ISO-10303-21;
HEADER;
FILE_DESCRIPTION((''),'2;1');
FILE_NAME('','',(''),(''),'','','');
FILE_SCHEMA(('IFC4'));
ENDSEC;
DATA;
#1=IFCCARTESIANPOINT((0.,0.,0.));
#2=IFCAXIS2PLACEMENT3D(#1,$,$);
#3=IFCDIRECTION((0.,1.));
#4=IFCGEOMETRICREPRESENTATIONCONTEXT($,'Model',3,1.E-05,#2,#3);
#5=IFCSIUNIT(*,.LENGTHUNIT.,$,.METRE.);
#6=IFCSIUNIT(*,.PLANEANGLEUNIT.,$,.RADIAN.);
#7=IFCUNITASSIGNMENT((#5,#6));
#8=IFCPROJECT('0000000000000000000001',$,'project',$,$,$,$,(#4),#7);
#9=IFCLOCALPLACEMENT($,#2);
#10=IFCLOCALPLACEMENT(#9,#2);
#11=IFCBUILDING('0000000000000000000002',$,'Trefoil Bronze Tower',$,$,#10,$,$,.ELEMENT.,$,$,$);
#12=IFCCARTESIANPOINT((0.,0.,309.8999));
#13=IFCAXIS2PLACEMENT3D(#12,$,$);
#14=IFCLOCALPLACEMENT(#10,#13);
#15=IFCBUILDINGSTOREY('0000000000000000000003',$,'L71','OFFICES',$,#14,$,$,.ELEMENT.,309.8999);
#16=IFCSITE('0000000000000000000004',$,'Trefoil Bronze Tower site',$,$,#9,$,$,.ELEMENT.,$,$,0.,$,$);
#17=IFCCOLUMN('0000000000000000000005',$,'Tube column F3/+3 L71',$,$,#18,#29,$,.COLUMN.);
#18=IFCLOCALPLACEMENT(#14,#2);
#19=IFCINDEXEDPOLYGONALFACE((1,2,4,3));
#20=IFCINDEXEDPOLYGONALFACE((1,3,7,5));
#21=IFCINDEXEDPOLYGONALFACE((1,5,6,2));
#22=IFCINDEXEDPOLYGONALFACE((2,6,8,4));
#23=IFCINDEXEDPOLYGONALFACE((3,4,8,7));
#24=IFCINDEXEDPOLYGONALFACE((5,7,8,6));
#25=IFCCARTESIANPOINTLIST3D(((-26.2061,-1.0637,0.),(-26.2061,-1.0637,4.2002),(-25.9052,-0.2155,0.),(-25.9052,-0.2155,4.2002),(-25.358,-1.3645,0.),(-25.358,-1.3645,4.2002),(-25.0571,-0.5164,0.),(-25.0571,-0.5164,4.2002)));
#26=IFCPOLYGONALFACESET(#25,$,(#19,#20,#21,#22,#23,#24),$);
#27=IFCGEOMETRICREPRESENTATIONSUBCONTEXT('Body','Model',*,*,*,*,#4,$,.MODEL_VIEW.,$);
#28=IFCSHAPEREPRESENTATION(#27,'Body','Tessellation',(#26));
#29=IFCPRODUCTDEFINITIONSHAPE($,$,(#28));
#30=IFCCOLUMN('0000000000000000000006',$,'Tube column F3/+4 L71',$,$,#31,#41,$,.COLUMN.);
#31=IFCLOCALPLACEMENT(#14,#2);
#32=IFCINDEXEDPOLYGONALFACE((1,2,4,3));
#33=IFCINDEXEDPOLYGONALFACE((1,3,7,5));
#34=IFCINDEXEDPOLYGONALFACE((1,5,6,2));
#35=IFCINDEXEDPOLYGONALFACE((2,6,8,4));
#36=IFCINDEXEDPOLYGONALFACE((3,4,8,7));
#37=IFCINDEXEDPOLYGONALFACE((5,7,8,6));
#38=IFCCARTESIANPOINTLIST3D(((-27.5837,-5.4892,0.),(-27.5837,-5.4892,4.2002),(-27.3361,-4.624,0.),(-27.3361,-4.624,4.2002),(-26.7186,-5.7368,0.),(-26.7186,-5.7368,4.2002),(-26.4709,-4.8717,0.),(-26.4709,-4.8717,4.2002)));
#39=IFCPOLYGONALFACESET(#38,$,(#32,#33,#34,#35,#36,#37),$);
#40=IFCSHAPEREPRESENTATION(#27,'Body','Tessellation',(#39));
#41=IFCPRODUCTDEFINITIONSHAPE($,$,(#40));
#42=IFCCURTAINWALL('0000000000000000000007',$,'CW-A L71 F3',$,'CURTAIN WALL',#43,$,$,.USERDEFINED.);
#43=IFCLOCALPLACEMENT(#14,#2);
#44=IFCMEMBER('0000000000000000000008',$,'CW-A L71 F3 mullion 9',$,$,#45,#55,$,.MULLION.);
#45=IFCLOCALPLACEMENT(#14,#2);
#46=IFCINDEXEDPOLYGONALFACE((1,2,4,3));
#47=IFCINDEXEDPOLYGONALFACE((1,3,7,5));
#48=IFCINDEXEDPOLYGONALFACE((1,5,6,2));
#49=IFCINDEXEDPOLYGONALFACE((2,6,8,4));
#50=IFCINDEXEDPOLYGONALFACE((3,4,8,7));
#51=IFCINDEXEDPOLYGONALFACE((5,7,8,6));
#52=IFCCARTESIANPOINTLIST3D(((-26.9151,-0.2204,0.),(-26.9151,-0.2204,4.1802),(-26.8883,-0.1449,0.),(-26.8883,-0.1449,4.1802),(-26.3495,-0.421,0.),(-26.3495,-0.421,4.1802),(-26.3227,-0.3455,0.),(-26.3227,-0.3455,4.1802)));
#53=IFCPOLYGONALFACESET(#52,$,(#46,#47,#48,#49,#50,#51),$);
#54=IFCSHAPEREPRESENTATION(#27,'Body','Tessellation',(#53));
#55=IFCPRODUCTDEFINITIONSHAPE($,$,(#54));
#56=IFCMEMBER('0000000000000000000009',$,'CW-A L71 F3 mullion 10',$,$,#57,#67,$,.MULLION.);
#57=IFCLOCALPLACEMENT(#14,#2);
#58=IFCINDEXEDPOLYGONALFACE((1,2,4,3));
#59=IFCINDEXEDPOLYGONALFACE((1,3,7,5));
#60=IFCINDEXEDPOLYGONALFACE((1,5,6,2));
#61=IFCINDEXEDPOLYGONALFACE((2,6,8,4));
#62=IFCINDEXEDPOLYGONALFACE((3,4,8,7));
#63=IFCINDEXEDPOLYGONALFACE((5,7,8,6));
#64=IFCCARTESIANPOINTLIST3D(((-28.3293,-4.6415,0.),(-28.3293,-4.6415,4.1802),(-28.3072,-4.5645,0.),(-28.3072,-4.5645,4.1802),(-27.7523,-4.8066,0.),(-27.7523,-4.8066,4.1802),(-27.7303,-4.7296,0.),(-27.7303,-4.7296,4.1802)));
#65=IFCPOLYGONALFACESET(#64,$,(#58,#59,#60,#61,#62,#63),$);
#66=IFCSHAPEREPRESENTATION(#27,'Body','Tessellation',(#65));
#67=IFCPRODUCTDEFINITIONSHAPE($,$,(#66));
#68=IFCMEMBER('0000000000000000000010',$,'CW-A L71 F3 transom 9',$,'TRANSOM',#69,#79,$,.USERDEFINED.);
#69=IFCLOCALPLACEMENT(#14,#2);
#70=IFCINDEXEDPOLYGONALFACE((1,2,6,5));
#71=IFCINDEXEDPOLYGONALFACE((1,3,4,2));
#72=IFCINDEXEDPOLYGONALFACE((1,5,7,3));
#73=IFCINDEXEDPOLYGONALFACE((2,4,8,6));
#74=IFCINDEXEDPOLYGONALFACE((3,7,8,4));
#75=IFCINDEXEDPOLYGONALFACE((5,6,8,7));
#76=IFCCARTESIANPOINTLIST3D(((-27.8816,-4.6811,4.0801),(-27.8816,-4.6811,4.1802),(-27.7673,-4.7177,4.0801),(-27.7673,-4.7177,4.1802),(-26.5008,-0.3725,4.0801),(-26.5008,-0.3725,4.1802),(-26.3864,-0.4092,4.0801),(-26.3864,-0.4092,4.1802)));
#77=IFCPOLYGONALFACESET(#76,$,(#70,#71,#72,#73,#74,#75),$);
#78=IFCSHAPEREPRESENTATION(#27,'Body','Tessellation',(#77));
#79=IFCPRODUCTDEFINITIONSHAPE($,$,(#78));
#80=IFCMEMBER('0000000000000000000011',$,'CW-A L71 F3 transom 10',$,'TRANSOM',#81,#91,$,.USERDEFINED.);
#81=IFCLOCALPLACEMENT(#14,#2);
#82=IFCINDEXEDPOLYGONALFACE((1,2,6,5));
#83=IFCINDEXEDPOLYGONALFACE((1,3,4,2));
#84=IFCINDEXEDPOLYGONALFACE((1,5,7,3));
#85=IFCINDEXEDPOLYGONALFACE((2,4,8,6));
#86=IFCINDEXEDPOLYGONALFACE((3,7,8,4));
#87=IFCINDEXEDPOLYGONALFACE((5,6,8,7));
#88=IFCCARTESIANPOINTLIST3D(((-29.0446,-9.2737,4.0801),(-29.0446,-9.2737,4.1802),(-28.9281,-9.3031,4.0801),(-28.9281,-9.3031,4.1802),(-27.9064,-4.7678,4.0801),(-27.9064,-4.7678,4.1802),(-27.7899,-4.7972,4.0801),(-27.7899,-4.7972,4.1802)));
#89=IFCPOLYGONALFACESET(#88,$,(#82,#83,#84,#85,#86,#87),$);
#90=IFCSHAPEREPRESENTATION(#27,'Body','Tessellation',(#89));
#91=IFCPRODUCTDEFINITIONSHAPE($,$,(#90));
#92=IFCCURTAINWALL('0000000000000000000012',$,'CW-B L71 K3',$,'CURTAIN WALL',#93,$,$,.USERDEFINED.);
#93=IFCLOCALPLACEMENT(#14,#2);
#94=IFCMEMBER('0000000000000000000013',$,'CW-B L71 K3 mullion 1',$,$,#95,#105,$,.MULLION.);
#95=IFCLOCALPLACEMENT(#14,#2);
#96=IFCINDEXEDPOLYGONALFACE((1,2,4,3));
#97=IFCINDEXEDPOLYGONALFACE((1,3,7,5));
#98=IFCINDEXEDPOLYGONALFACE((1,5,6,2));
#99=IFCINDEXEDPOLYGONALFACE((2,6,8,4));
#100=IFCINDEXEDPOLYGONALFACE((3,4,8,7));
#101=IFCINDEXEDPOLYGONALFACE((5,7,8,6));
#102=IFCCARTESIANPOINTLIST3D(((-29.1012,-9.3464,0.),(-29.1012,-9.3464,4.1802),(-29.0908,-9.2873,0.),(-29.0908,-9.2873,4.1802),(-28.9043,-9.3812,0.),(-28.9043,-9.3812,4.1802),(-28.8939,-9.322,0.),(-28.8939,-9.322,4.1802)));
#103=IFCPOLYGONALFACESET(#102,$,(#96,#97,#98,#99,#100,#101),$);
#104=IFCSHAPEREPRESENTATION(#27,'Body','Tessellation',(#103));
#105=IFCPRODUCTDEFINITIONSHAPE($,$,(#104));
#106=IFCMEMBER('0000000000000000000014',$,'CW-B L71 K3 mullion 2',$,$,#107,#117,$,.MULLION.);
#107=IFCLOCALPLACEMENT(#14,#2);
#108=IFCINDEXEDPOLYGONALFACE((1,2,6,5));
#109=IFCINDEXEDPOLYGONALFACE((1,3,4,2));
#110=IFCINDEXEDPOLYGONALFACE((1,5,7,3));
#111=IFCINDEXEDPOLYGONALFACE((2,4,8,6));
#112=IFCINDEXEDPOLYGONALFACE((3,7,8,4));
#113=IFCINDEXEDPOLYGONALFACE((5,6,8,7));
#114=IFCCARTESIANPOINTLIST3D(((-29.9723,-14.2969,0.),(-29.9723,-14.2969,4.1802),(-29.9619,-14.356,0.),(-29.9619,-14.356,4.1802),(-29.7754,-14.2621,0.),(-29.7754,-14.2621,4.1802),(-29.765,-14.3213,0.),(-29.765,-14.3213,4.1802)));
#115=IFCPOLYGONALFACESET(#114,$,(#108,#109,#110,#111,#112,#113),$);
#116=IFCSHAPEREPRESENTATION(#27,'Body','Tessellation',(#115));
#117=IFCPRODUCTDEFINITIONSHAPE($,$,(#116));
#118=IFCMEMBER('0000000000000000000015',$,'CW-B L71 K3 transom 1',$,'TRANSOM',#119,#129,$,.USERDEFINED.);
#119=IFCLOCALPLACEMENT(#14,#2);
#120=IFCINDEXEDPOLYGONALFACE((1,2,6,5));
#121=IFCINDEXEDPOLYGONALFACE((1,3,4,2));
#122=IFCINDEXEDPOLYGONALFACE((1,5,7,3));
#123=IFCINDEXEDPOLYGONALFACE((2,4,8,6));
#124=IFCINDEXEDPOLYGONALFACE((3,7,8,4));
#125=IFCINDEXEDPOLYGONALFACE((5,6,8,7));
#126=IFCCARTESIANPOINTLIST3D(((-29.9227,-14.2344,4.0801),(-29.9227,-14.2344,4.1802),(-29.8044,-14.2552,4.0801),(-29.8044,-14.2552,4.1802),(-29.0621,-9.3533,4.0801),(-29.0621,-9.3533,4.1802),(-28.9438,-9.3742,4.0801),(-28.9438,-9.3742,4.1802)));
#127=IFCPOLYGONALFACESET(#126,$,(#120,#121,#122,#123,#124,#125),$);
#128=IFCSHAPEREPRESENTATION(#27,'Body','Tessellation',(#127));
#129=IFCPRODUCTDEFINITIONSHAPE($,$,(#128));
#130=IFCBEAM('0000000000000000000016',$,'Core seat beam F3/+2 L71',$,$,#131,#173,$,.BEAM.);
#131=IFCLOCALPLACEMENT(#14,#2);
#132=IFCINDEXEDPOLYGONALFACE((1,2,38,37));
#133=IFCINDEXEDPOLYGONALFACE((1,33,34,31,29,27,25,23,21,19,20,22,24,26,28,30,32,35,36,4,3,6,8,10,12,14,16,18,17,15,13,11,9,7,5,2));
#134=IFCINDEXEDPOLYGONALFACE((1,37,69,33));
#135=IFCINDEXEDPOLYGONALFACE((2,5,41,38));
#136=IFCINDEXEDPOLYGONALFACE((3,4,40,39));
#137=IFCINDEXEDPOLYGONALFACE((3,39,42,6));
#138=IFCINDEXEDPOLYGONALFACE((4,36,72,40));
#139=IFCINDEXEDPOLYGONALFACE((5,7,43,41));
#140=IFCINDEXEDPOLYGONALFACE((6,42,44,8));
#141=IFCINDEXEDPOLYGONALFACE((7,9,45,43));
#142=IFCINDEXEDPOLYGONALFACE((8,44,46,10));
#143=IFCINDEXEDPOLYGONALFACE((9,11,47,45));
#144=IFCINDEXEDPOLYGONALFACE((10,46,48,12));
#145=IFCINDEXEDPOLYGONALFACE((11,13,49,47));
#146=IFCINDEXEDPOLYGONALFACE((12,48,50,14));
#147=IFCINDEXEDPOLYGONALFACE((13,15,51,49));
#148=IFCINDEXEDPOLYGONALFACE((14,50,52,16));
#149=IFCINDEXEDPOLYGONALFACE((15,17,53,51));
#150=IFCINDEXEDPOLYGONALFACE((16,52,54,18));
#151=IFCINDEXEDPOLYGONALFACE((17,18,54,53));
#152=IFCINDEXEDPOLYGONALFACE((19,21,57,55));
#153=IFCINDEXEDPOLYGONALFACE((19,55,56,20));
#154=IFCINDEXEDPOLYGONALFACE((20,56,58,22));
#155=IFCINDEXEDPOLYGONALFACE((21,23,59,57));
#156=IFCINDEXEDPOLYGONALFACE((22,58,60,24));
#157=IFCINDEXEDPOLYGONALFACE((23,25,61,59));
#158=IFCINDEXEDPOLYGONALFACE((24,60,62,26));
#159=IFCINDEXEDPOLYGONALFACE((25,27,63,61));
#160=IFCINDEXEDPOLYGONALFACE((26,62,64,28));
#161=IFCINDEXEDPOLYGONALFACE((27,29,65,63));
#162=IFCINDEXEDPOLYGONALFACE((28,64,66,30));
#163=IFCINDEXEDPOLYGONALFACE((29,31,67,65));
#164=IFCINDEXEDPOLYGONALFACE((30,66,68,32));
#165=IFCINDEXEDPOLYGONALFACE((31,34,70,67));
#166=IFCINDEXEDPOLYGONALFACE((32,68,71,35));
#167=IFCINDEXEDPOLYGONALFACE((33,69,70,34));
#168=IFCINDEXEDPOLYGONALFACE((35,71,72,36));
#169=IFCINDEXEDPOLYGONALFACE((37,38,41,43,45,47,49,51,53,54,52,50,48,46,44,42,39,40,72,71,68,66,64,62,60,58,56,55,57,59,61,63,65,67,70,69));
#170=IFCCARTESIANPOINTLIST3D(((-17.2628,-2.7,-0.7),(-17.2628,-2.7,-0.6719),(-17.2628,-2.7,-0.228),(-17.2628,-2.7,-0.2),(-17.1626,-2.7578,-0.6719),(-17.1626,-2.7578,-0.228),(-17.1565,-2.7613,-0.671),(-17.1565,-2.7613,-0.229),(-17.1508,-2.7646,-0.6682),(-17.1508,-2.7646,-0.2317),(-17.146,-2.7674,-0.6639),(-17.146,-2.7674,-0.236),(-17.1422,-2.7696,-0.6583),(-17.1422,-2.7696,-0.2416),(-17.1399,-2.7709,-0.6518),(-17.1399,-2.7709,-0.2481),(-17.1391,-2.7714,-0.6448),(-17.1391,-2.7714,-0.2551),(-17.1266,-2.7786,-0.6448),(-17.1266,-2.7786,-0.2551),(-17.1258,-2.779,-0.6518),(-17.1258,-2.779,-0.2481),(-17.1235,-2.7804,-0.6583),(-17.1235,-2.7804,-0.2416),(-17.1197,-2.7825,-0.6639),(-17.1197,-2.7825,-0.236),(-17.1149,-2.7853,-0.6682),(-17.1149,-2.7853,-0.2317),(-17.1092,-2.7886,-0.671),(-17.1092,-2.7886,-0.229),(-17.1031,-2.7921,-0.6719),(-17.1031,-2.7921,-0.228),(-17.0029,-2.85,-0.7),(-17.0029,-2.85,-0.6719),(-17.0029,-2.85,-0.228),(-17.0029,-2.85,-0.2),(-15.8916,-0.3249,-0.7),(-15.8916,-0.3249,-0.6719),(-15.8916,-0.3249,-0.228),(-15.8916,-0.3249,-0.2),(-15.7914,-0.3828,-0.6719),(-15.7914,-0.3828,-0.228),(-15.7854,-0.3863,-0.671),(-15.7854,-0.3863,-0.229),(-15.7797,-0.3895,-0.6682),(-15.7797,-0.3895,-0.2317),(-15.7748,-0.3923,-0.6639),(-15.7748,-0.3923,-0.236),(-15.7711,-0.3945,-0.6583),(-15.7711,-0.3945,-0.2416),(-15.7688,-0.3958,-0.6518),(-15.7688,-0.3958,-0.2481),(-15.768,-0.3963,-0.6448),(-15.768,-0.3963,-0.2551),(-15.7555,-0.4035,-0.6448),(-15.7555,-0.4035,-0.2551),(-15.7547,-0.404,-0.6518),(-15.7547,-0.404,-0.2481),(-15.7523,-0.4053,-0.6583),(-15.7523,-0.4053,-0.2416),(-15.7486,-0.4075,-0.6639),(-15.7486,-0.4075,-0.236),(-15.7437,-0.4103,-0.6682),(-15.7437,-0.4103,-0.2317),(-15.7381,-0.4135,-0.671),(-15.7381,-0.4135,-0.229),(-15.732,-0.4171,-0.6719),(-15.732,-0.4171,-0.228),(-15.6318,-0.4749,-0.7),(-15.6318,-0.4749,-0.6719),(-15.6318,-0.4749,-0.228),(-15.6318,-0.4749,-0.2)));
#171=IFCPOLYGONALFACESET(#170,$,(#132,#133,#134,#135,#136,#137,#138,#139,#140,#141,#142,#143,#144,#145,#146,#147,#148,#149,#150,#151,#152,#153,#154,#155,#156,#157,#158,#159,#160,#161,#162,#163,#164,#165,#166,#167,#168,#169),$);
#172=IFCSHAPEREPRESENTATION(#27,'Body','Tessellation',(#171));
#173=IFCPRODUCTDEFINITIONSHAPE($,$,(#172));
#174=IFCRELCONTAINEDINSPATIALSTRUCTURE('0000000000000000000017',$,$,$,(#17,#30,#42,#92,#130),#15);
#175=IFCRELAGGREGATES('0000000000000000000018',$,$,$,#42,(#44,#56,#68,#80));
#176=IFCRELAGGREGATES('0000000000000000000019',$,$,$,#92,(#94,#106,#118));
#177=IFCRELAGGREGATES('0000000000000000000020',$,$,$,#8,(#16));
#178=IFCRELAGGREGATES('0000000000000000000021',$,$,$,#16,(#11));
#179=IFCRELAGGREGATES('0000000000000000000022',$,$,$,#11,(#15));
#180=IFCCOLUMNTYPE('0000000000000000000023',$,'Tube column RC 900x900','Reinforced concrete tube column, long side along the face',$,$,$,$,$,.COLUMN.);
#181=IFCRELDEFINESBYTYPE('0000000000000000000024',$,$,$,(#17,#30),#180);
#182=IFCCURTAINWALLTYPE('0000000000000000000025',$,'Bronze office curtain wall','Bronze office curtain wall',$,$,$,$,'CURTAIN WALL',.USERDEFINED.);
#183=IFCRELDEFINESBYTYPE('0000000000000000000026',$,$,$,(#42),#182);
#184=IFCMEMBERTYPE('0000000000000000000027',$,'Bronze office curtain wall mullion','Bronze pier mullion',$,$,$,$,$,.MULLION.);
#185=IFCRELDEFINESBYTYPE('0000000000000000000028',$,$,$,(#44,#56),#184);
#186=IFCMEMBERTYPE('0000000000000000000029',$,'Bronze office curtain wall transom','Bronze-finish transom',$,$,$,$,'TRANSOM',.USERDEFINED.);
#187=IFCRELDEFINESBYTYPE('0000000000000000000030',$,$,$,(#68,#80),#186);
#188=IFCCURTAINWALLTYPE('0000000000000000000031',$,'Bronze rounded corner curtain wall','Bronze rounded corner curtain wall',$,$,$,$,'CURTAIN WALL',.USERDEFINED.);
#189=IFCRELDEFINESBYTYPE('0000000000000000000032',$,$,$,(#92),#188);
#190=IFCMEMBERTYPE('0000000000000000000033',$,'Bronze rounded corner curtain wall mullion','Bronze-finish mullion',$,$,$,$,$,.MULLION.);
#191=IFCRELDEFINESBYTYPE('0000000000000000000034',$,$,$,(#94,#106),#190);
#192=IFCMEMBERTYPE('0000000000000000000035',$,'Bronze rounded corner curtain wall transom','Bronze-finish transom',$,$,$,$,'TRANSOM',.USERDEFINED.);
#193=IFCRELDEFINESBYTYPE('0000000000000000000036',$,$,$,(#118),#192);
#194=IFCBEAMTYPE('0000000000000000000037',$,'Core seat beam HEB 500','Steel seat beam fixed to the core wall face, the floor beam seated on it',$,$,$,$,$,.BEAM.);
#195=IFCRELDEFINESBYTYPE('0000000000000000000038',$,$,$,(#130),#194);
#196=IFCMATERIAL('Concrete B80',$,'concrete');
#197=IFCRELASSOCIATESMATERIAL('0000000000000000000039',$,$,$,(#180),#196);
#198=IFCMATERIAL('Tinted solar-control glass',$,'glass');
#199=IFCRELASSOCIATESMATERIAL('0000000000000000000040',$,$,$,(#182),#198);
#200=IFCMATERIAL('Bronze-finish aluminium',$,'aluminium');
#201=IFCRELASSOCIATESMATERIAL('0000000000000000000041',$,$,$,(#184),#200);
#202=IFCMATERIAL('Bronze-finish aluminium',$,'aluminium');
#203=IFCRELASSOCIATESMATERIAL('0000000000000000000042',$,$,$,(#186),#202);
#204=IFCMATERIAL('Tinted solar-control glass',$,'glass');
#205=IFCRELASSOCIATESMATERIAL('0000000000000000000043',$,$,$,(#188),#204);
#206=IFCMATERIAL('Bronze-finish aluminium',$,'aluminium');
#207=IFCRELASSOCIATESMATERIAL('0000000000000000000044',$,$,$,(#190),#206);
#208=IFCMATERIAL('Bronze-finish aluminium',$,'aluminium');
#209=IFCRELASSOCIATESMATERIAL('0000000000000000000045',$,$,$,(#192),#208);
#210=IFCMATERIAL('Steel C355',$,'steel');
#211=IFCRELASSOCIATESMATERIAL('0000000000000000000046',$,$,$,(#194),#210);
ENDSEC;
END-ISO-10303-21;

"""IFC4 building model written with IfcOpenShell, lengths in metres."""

from ifc_helpers import new_model, si_unit, direction, frame, origin, origin_2d, place, context, subcontext, project, spatial, rectangle, i_section, extrude, material, material_profile, profile_set, type_object, element, aggregate, save


model = new_model("IFC4")

# Units and contexts
model_context = context("Model", 3, precision=1e-05, world=origin(), true_north=direction((0.0, 1.0)))
body_context = subcontext(model_context, "Body", "Model", "MODEL_VIEW")
ifc_project = project(units=[si_unit("LENGTHUNIT", "METRE"), si_unit("PLANEANGLEUNIT", "RADIAN")], contexts=[model_context])

# Site, building, storey
site_placement = place(None, origin())
site = spatial("IfcSite", under=ifc_project, at=site_placement, Name="Trefoil Bronze Tower site", CompositionType="ELEMENT", RefElevation=0.0)
building_placement = place(site_placement, origin())
building = spatial("IfcBuilding", under=site, at=building_placement, Name="Trefoil Bronze Tower", CompositionType="ELEMENT")
storey_placement = place(building_placement, frame((0.0, 0.0, 309.8999)))
storey = spatial("IfcBuildingStorey", under=building, at=storey_placement, Name="L71", Description="OFFICES", CompositionType="ELEMENT", Elevation=309.8999)

# Columns
ifc_material_1 = material(Name="Concrete B80", Category="concrete")
ifc_material_profile_1 = material_profile(ifc_material_1, rectangle(XDim=0.8999, YDim=0.8999, at=origin_2d()), Name="RC 900x900")
ifc_profile_set_1 = profile_set([ifc_material_profile_1], Name="Concrete B80")
column_type = type_object("IfcColumnType", Name="Tube column RC 900x900", Description="Reinforced concrete tube column, long side along the face", PredefinedType="COLUMN", material=ifc_profile_set_1)
for number, where, z_axis, x_axis, name in (
    (1, (-25.6316, -0.79, 0.0), (0.0, 0.0, 1.0), (-0.334352, -0.942448, 0.0), "Tube column F3/+3 L71"),
    (2, (-27.0273, -5.1804, 0.0), (0.0, 0.0, 1.0), (-0.275169, -0.961396, 0.0), "Tube column F3/+4 L71"),
):
    element("IfcColumn", number, at=place(storey_placement, frame(where, z_axis=z_axis, x_axis=x_axis)), inside=storey, type_object=column_type, Name=name, PredefinedType="COLUMN", context=body_context, shape_type="SweptSolid", body=[
        extrude(rectangle(XDim=0.8999, YDim=0.8999, at=origin_2d()), origin(), (0.0, 0.0, 1.0), 4.2002),
    ])

# Curtain walls, members
ifc_material_2 = material(Name="Tinted solar-control glass", Category="glass")
curtain_wall_type_1 = type_object("IfcCurtainWallType", Name="Bronze office curtain wall", Description="Bronze office curtain wall", ElementType="CURTAIN WALL", PredefinedType="USERDEFINED", material=ifc_material_2)
curtain_wall_1_placement = place(storey_placement, origin())
curtain_wall_1 = element("IfcCurtainWall", 3, at=curtain_wall_1_placement, inside=storey, type_object=curtain_wall_type_1, Name="CW-A L71 F3", ObjectType="CURTAIN WALL", PredefinedType="USERDEFINED")
ifc_material_3 = material(Name="Bronze-finish aluminium", Category="aluminium")
ifc_material_profile_2 = material_profile(ifc_material_3, rectangle(XDim=0.6001, YDim=0.0801, at=origin_2d()), Name="CW-A mullion")
ifc_profile_set_2 = profile_set([ifc_material_profile_2], Name="Bronze-finish aluminium")
member_type_1 = type_object("IfcMemberType", Name="Bronze office curtain wall mullion", Description="Bronze pier mullion", PredefinedType="MULLION", material=ifc_profile_set_2)
member_1_placement = place(storey_placement, frame((-26.6189, -0.283, 0.0), z_axis=(0.0, 0.0, 1.0), x_axis=(0.942448, -0.334352, 0.0)))
member_1 = element("IfcMember", 4, at=member_1_placement, type_object=member_type_1, Name="CW-A L71 F3 mullion 9", PredefinedType="MULLION", context=body_context, shape_type="SweptSolid", body=[
    extrude(rectangle(XDim=0.6001, YDim=0.0801, at=origin_2d()), origin(), (0.0, 0.0, 1.0), 4.1802),
])
member_2_placement = place(storey_placement, frame((-28.0298, -4.6855, 0.0), z_axis=(0.0, 0.0, 1.0), x_axis=(0.961396, -0.275169, 0.0)))
member_2 = element("IfcMember", 5, at=member_2_placement, type_object=member_type_1, Name="CW-A L71 F3 mullion 10", PredefinedType="MULLION", context=body_context, shape_type="SweptSolid", body=[
    extrude(rectangle(XDim=0.6001, YDim=0.0801, at=origin_2d()), origin(), (0.0, 0.0, 1.0), 4.1802),
])
ifc_material_4 = material(Name="Bronze-finish aluminium", Category="aluminium")
ifc_material_profile_3 = material_profile(ifc_material_4, rectangle(XDim=0.1201, YDim=0.1001, at=origin_2d()), Name="CW-A transom")
ifc_profile_set_3 = profile_set([ifc_material_profile_3], Name="Bronze-finish aluminium")
member_type_2 = type_object("IfcMemberType", Name="Bronze office curtain wall transom", Description="Bronze-finish transom", ElementType="TRANSOM", PredefinedType="USERDEFINED", material=ifc_profile_set_3)
member_3_placement = place(storey_placement, frame((-26.4436, -0.3909, 4.1301), z_axis=(-0.305199, -0.952289, 0.0), x_axis=(0.952289, -0.305199, 0.0)))
member_3 = element("IfcMember", 6, at=member_3_placement, type_object=member_type_2, Name="CW-A L71 F3 transom 9", ObjectType="TRANSOM", PredefinedType="USERDEFINED", context=body_context, shape_type="SweptSolid", body=[
    extrude(rectangle(XDim=0.1201, YDim=0.1001, at=origin_2d()), origin(), (0.0, 0.0, 1.0), 4.5244),
])
member_4_placement = place(storey_placement, frame((-27.8481, -4.7825, 4.1301), z_axis=(-0.244908, -0.969546, 0.0), x_axis=(0.969546, -0.244908, 0.0)))
member_4 = element("IfcMember", 7, at=member_4_placement, type_object=member_type_2, Name="CW-A L71 F3 transom 10", ObjectType="TRANSOM", PredefinedType="USERDEFINED", context=body_context, shape_type="SweptSolid", body=[
    extrude(rectangle(XDim=0.1201, YDim=0.1001, at=origin_2d()), origin(), (0.0, 0.0, 1.0), 4.6475),
])
ifc_material_5 = material(Name="Tinted solar-control glass", Category="glass")
curtain_wall_type_2 = type_object("IfcCurtainWallType", Name="Bronze rounded corner curtain wall", Description="Bronze rounded corner curtain wall", ElementType="CURTAIN WALL", PredefinedType="USERDEFINED", material=ifc_material_5)
curtain_wall_2_placement = place(storey_placement, origin())
curtain_wall_2 = element("IfcCurtainWall", 8, at=curtain_wall_2_placement, inside=storey, type_object=curtain_wall_type_2, Name="CW-B L71 K3", ObjectType="CURTAIN WALL", PredefinedType="USERDEFINED")
ifc_material_6 = material(Name="Bronze-finish aluminium", Category="aluminium")
ifc_material_profile_4 = material_profile(ifc_material_6, rectangle(XDim=0.2, YDim=0.0601, at=origin_2d()), Name="CW-B mullion")
ifc_profile_set_4 = profile_set([ifc_material_profile_4], Name="Bronze-finish aluminium")
member_type_3 = type_object("IfcMemberType", Name="Bronze rounded corner curtain wall mullion", Description="Bronze-finish mullion", PredefinedType="MULLION", material=ifc_profile_set_4)
member_5_placement = place(storey_placement, frame((-28.9976, -9.3342, 0.0), z_axis=(0.0, 0.0, 1.0), x_axis=(0.984808, -0.173648, 0.0)))
member_5 = element("IfcMember", 9, at=member_5_placement, type_object=member_type_3, Name="CW-B L71 K3 mullion 1", PredefinedType="MULLION", context=body_context, shape_type="SweptSolid", body=[
    extrude(rectangle(XDim=0.2, YDim=0.0601, at=origin_2d()), origin(), (0.0, 0.0, 1.0), 4.1802),
])
member_6_placement = place(storey_placement, frame((-29.8687, -14.3091, 0.0), z_axis=(0.0, 0.0, 1.0), x_axis=(0.984808, 0.173648, 0.0)))
member_6 = element("IfcMember", 10, at=member_6_placement, type_object=member_type_3, Name="CW-B L71 K3 mullion 2", PredefinedType="MULLION", context=body_context, shape_type="SweptSolid", body=[
    extrude(rectangle(XDim=0.2, YDim=0.0601, at=origin_2d()), origin(), (0.0, 0.0, 1.0), 4.1802),
])
ifc_material_7 = material(Name="Bronze-finish aluminium", Category="aluminium")
ifc_material_profile_5 = material_profile(ifc_material_7, rectangle(XDim=0.1201, YDim=0.1001, at=origin_2d()), Name="CW-B transom")
ifc_profile_set_5 = profile_set([ifc_material_profile_5], Name="Bronze-finish aluminium")
member_type_4 = type_object("IfcMemberType", Name="Bronze rounded corner curtain wall transom", Description="Bronze-finish transom", ElementType="TRANSOM", PredefinedType="USERDEFINED", material=ifc_profile_set_5)
member_7_placement = place(storey_placement, frame((-29.0029, -9.3638, 4.1301), z_axis=(-0.173634, -0.98481, 0.0), x_axis=(0.98481, -0.173634, 0.0)))
member_7 = element("IfcMember", 11, at=member_7_placement, type_object=member_type_4, Name="CW-B L71 K3 transom 1", ObjectType="TRANSOM", PredefinedType="USERDEFINED", context=body_context, shape_type="SweptSolid", body=[
    extrude(rectangle(XDim=0.1201, YDim=0.1001, at=origin_2d()), origin(), (0.0, 0.0, 1.0), 4.9563),
])

# Beam
ifc_material_8 = material(Name="Steel C355", Category="steel")
ifc_material_profile_6 = material_profile(ifc_material_8, i_section(OverallWidth=0.3, OverallDepth=0.5, WebThickness=0.0144, FlangeThickness=0.0281, FilletRadius=0.0271, at=origin_2d()), Name="HEB 500")
ifc_profile_set_6 = profile_set([ifc_material_profile_6], Name="Steel C355")
beam_type_1 = type_object("IfcBeamType", Name="Core seat beam HEB 500", Description="Steel seat beam fixed to the core wall face, the floor beam seated on it", PredefinedType="BEAM", material=ifc_profile_set_6)
beam_1_placement = place(storey_placement, frame((-15.7617, -0.3999, -0.45), z_axis=(-0.499969, -0.866043, 0.0), x_axis=(0.866043, -0.499969, 0.0)))
element("IfcBeam", 12, at=beam_1_placement, inside=storey, type_object=beam_type_1, Name="Core seat beam F3/+2 L71", PredefinedType="BEAM", context=body_context, shape_type="SweptSolid", body=[
    extrude(i_section(OverallWidth=0.3, OverallDepth=0.5, WebThickness=0.0144, FlangeThickness=0.0281, FilletRadius=0.0271, at=origin_2d()), origin(), (0.0, 0.0, 1.0), 2.7424),
])

aggregate(curtain_wall_1, [member_1, member_2, member_3, member_4])
aggregate(curtain_wall_2, [member_5, member_6, member_7])

save(model, "model.ifc")
